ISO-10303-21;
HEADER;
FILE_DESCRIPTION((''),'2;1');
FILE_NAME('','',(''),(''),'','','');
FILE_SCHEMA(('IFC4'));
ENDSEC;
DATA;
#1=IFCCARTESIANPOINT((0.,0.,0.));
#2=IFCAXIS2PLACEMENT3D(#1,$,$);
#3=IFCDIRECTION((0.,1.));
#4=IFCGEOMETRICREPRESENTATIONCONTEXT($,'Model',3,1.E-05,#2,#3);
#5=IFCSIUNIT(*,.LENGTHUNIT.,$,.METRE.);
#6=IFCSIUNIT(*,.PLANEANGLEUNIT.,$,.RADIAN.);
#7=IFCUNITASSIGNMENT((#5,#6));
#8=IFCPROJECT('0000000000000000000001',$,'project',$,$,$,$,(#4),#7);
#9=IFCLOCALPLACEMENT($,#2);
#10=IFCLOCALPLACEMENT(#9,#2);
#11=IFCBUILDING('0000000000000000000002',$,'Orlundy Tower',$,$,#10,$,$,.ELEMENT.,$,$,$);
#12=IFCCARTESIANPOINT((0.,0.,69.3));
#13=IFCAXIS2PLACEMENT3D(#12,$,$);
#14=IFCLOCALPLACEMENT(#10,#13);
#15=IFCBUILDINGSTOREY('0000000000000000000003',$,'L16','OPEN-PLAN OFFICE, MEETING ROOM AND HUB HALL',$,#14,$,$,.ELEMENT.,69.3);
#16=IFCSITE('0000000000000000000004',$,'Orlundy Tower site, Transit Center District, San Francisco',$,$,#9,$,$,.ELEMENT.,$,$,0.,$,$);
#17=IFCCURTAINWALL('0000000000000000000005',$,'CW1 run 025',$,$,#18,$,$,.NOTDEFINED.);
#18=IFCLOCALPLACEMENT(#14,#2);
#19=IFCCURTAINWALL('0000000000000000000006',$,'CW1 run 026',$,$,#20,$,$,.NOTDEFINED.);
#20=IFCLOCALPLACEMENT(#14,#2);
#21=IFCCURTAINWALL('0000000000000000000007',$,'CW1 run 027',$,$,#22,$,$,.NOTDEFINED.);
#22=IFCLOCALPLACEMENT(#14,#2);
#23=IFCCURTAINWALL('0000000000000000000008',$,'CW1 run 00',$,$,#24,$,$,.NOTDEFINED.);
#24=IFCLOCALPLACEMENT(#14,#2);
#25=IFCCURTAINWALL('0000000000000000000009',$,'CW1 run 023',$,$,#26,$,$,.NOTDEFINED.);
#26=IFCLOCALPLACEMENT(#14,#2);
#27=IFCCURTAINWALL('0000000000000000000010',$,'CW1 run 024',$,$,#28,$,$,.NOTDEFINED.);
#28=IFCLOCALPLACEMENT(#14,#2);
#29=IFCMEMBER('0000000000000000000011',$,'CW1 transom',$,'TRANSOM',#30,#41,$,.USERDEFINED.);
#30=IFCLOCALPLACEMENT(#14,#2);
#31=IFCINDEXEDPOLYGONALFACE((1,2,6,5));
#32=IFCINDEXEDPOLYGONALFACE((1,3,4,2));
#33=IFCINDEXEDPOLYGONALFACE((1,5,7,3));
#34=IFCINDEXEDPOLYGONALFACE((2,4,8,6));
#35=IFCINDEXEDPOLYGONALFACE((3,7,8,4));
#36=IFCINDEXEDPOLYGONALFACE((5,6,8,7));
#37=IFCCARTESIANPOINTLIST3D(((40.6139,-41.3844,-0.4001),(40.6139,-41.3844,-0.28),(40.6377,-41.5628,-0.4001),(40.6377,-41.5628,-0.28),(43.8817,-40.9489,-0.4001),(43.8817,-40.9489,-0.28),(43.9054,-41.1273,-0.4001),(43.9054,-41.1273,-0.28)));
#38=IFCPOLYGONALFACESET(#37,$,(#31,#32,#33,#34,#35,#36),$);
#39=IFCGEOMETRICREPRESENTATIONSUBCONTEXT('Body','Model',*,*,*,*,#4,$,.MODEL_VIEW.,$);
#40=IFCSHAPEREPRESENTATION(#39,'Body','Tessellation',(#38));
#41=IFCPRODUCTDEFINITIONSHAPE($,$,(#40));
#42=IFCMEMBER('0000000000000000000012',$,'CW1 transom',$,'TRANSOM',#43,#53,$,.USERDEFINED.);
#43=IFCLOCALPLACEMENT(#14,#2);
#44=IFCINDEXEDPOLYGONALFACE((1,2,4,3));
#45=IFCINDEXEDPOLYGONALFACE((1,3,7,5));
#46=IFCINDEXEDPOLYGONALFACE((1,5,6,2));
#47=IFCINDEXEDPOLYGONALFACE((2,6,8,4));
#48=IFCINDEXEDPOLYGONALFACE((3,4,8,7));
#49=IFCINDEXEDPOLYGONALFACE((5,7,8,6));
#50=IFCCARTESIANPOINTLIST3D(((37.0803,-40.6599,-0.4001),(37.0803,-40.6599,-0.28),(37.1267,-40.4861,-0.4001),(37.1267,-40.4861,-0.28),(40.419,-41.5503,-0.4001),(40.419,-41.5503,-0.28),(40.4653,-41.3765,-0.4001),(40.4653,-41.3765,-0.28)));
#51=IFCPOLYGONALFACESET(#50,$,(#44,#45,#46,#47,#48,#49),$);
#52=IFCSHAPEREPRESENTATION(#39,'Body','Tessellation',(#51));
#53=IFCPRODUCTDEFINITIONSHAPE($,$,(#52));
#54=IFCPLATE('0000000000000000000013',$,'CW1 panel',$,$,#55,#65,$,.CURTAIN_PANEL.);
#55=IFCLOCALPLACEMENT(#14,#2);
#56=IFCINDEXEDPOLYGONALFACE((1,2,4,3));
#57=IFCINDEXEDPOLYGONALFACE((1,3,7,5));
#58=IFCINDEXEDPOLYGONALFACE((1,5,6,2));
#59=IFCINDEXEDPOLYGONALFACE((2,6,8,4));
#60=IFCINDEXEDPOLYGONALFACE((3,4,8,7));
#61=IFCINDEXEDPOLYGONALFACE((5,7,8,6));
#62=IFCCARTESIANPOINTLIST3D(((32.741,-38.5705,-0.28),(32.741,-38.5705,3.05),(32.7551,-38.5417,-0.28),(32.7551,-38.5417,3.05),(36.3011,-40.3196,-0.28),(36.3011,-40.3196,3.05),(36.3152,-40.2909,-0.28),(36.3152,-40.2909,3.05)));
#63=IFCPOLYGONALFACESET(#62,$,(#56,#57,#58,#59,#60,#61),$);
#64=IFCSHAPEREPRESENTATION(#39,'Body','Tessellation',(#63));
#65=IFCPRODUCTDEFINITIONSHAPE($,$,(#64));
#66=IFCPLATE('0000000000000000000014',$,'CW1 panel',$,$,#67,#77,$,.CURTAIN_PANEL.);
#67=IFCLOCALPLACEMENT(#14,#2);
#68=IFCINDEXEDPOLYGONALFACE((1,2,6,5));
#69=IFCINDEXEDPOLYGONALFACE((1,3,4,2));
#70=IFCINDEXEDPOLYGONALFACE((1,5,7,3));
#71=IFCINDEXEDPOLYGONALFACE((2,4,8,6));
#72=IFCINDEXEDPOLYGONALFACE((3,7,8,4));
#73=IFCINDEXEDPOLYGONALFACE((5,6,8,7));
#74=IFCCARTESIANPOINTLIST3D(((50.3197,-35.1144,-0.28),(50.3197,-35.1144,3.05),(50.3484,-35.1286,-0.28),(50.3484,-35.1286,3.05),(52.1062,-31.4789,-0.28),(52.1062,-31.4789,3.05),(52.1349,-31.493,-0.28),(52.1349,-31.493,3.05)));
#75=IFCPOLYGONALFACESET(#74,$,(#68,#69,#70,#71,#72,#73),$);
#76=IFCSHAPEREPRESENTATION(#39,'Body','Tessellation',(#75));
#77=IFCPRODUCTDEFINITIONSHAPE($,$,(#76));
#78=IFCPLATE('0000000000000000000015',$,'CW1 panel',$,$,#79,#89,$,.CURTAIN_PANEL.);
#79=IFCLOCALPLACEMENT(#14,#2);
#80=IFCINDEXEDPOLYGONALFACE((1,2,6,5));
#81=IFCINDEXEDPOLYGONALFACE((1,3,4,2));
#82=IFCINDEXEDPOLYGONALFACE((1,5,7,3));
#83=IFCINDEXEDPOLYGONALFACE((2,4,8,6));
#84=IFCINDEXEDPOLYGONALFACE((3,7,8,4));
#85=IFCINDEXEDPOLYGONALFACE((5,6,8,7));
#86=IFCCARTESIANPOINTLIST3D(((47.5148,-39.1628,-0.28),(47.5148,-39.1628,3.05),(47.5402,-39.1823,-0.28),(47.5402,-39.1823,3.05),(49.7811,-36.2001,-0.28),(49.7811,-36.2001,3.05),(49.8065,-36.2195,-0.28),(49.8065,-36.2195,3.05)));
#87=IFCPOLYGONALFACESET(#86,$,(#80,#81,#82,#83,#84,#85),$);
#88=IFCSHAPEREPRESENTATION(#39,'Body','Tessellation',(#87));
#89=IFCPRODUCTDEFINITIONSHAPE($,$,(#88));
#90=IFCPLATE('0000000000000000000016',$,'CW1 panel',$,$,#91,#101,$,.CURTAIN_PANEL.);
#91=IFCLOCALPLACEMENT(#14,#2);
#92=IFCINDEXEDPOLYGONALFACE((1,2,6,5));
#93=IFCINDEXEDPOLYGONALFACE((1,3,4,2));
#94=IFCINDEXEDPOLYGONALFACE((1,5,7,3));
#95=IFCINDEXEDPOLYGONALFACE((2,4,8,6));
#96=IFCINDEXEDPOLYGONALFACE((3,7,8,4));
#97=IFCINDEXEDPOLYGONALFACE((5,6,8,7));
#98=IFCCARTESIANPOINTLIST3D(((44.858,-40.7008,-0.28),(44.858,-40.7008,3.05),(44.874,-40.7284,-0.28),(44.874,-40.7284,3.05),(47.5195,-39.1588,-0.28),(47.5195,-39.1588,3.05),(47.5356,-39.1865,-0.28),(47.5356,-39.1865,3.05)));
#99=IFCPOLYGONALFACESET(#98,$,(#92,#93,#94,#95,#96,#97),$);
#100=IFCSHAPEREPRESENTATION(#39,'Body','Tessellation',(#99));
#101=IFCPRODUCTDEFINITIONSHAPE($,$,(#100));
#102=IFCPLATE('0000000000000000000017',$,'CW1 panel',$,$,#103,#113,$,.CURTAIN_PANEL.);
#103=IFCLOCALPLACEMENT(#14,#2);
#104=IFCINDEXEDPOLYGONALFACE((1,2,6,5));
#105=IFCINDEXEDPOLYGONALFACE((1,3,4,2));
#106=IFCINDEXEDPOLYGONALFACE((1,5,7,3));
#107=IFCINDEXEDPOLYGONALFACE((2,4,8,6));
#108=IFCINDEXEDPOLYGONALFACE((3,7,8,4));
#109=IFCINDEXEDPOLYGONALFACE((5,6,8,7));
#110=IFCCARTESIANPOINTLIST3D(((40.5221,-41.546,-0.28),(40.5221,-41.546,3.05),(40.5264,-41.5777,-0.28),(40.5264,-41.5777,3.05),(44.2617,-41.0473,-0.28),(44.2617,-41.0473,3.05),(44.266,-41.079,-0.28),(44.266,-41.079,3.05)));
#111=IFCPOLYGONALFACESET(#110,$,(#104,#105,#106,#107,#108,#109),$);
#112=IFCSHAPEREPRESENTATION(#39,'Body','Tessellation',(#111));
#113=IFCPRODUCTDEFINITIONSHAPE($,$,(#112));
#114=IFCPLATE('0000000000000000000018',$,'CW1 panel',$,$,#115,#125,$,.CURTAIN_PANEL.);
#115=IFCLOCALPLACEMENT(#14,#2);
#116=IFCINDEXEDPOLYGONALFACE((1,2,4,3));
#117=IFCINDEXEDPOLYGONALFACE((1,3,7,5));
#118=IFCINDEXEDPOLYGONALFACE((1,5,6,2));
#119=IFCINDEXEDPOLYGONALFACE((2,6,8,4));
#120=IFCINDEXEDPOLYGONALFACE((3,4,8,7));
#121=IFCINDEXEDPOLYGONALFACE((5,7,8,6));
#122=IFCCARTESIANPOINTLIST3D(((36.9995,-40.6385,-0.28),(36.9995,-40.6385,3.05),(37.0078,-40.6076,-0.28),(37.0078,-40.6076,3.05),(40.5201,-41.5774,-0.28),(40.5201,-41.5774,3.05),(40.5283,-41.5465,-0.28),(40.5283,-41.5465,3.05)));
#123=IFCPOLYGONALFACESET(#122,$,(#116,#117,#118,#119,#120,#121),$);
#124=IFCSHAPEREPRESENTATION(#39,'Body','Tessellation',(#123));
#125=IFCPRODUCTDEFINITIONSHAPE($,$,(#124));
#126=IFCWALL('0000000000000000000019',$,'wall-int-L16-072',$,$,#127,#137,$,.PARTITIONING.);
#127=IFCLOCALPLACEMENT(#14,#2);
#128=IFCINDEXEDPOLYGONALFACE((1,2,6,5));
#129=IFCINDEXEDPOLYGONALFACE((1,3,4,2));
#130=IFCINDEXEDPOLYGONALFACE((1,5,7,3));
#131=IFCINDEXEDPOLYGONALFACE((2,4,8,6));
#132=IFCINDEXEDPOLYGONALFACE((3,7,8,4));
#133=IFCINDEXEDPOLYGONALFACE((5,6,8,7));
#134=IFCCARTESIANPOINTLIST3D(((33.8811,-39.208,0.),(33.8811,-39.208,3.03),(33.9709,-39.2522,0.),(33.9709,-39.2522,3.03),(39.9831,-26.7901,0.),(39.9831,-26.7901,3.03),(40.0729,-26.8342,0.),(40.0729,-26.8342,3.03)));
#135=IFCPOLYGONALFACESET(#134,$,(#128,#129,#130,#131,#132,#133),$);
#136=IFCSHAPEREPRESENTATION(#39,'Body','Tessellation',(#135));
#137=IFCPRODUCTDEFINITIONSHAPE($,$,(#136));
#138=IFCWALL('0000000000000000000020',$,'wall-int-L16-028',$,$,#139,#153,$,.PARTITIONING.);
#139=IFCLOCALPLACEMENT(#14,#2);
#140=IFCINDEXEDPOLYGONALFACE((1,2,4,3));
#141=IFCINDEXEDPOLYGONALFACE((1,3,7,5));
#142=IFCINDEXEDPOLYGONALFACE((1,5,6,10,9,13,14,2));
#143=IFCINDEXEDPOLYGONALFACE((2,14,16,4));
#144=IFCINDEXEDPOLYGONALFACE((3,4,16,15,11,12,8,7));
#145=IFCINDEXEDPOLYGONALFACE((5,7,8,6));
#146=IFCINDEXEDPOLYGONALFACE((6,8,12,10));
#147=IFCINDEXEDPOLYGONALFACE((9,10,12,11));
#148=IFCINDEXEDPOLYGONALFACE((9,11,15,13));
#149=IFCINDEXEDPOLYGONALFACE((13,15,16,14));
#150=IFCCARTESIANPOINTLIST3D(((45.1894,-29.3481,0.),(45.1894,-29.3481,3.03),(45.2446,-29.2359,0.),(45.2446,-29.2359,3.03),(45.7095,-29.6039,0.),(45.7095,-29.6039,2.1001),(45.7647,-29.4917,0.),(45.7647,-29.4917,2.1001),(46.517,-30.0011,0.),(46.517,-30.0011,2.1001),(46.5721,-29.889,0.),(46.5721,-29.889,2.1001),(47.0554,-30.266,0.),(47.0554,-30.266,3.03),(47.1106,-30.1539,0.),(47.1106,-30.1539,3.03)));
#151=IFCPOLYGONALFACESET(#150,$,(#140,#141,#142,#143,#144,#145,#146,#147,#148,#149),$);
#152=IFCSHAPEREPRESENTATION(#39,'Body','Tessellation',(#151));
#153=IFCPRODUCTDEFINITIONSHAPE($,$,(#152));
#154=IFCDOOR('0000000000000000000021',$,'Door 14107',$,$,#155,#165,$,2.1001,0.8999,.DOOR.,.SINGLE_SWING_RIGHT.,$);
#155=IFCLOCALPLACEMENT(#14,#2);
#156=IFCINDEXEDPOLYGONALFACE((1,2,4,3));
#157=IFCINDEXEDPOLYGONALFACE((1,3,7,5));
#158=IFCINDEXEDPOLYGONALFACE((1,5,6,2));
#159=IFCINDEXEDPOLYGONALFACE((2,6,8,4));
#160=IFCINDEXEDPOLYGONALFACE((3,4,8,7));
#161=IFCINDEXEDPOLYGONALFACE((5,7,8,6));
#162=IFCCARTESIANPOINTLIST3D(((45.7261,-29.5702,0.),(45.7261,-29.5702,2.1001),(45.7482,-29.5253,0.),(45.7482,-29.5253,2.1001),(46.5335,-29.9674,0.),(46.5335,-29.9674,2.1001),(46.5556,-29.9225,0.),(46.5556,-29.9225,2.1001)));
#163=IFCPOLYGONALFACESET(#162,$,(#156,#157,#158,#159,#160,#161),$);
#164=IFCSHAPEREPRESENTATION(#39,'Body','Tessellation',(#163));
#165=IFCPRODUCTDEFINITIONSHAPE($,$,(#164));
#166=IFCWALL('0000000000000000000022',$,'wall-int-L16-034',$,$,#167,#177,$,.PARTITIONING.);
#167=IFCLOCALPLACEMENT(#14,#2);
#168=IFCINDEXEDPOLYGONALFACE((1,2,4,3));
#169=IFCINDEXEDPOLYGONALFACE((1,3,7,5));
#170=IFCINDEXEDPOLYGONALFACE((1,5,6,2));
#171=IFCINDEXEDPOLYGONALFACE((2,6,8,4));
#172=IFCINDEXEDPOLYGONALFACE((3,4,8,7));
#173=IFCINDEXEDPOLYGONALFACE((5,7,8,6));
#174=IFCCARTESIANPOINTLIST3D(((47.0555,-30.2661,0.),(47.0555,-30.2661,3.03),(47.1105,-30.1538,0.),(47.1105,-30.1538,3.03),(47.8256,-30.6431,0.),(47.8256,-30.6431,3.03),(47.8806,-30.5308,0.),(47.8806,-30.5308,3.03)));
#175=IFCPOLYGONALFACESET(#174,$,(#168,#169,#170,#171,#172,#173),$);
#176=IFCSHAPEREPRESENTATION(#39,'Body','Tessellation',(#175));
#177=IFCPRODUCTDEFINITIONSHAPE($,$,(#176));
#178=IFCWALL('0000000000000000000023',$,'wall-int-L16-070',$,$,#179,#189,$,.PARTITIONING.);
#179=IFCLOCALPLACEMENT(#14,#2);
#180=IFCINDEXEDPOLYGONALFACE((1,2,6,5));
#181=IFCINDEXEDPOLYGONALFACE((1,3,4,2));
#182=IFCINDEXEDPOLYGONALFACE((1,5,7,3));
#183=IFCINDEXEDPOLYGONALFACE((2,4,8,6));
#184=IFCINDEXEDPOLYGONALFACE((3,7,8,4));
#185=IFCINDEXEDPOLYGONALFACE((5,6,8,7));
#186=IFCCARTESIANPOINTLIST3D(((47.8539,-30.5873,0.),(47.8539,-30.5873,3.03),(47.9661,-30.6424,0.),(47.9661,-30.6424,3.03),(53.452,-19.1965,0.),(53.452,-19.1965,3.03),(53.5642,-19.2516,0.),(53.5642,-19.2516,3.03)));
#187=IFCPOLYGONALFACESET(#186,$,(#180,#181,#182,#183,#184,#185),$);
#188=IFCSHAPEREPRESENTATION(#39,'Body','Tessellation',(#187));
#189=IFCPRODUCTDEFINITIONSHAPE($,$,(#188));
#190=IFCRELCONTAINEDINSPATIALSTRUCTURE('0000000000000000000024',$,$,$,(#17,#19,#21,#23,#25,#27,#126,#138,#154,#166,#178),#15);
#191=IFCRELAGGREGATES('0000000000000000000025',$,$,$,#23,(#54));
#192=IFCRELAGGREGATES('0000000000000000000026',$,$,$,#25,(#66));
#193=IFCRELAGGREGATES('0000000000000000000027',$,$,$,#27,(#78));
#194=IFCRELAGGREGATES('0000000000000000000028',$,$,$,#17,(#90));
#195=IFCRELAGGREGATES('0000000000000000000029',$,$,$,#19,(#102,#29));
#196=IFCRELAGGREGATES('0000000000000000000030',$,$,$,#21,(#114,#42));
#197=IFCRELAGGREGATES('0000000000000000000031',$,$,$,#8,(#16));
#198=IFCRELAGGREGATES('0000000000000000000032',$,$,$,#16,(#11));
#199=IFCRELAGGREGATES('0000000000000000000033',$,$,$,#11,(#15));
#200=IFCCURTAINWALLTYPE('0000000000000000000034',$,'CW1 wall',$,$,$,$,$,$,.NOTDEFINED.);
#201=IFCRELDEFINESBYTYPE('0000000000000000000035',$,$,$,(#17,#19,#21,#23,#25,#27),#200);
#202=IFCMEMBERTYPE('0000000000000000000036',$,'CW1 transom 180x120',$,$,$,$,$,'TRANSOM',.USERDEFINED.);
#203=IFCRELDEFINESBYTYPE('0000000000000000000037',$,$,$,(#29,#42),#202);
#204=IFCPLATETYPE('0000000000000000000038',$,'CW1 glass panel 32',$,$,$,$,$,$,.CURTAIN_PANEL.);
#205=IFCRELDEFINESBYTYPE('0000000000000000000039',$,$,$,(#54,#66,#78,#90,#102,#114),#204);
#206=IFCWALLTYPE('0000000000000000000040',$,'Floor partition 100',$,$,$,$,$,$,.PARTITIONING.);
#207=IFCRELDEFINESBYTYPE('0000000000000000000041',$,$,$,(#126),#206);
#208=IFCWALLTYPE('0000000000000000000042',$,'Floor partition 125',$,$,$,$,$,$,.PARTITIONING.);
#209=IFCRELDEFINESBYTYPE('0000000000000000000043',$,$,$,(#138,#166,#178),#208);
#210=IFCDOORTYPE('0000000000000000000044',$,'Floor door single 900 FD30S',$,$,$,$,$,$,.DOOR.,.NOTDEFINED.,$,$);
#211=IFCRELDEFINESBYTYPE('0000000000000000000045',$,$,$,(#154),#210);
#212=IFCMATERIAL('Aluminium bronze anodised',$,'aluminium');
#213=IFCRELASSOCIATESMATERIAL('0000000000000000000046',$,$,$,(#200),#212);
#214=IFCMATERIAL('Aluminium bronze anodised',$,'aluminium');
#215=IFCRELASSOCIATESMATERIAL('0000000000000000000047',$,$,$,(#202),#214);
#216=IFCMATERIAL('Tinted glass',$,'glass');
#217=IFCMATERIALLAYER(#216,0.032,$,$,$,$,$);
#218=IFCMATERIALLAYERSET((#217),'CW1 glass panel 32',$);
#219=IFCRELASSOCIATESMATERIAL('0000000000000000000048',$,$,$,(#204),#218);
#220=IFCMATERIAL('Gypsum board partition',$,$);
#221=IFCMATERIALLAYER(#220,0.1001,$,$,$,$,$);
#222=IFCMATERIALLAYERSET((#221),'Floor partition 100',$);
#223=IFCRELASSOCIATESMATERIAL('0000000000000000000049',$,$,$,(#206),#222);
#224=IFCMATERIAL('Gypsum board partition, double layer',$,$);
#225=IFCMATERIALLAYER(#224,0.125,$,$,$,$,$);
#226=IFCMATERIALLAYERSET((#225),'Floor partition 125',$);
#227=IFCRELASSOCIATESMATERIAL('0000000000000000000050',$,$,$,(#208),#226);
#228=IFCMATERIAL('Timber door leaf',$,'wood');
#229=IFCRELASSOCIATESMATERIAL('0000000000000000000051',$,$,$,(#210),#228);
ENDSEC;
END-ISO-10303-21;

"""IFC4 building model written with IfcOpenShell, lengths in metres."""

from ifc_helpers import new_model, si_unit, direction, frame, frame_2d, origin, origin_2d, place, context, subcontext, project, spatial, rectangle, extrude, material, layer, layer_set, material_profile, profile_set, type_object, element, fill, aggregate, save


model = new_model("IFC4")

# Units and contexts
model_context = context("Model", 3, precision=1e-05, world=origin(), true_north=direction((0.0, 1.0)))
body_context = subcontext(model_context, "Body", "Model", "MODEL_VIEW")
ifc_project = project(units=[si_unit("LENGTHUNIT", "METRE"), si_unit("PLANEANGLEUNIT", "RADIAN")], contexts=[model_context])

# Site, building, storey
site_placement = place(None, origin())
site = spatial("IfcSite", under=ifc_project, at=site_placement, Name="Orlundy Tower site, Transit Center District, San Francisco", CompositionType="ELEMENT", RefElevation=0.0)
building_placement = place(site_placement, origin())
building = spatial("IfcBuilding", under=site, at=building_placement, Name="Orlundy Tower", CompositionType="ELEMENT")
storey_placement = place(building_placement, frame((0.0, 0.0, 69.3)))
storey = spatial("IfcBuildingStorey", under=building, at=storey_placement, Name="L16", Description="OPEN-PLAN OFFICE, MEETING ROOM AND HUB HALL", CompositionType="ELEMENT", Elevation=69.3)

# Curtain walls
ifc_material_1 = material(Name="Aluminium bronze anodised", Category="aluminium")
curtain_wall_type = type_object("IfcCurtainWallType", Name="CW1 wall", PredefinedType="NOTDEFINED", material=ifc_material_1)
curtain_wall_1_placement = place(storey_placement, origin())
curtain_wall_1 = element("IfcCurtainWall", 1, at=curtain_wall_1_placement, inside=storey, type_object=curtain_wall_type, Name="CW1 run 025", PredefinedType="NOTDEFINED")
curtain_wall_2_placement = place(storey_placement, origin())
curtain_wall_2 = element("IfcCurtainWall", 2, at=curtain_wall_2_placement, inside=storey, type_object=curtain_wall_type, Name="CW1 run 026", PredefinedType="NOTDEFINED")
curtain_wall_3_placement = place(storey_placement, origin())
curtain_wall_3 = element("IfcCurtainWall", 3, at=curtain_wall_3_placement, inside=storey, type_object=curtain_wall_type, Name="CW1 run 027", PredefinedType="NOTDEFINED")

# Curtain wall
curtain_wall_4_placement = place(storey_placement, origin())
curtain_wall_4 = element("IfcCurtainWall", 4, at=curtain_wall_4_placement, inside=storey, type_object=curtain_wall_type, Name="CW1 run 00", PredefinedType="NOTDEFINED")

# Curtain walls
curtain_wall_5_placement = place(storey_placement, origin())
curtain_wall_5 = element("IfcCurtainWall", 5, at=curtain_wall_5_placement, inside=storey, type_object=curtain_wall_type, Name="CW1 run 023", PredefinedType="NOTDEFINED")
curtain_wall_6_placement = place(storey_placement, origin())
curtain_wall_6 = element("IfcCurtainWall", 6, at=curtain_wall_6_placement, inside=storey, type_object=curtain_wall_type, Name="CW1 run 024", PredefinedType="NOTDEFINED")

# Members
ifc_material_2 = material(Name="Aluminium bronze anodised", Category="aluminium")
ifc_material_profile_1 = material_profile(ifc_material_2, rectangle(XDim=0.1799, YDim=0.1201, at=origin_2d()), Name="CW1 transom 180x120")
ifc_profile_set_1 = profile_set([ifc_material_profile_1], Name="Aluminium bronze anodised")
member_type_1 = type_object("IfcMemberType", Name="CW1 transom 180x120", ElementType="TRANSOM", PredefinedType="USERDEFINED", material=ifc_profile_set_1)
member_1_placement = place(storey_placement, frame((43.8936, -41.0381, -0.3401), z_axis=(-0.991234, -0.132115, 0.0), x_axis=(0.132115, -0.991234, 0.0)))
member_1 = element("IfcMember", 7, at=member_1_placement, type_object=member_type_1, Name="CW1 transom", ObjectType="TRANSOM", PredefinedType="USERDEFINED", context=body_context, shape_type="SweptSolid", body=[
    extrude(rectangle(XDim=0.1799, YDim=0.1201, at=origin_2d()), origin(), (0.0, 0.0, 1.0), 3.2966),
])
member_2_placement = place(storey_placement, frame((40.4421, -41.4634, -0.3401), z_axis=(-0.966229, 0.257685, 0.0), x_axis=(-0.257685, -0.966229, 0.0)))
member_2 = element("IfcMember", 8, at=member_2_placement, type_object=member_type_1, Name="CW1 transom", ObjectType="TRANSOM", PredefinedType="USERDEFINED", context=body_context, shape_type="SweptSolid", body=[
    extrude(rectangle(XDim=0.1799, YDim=0.1201, at=origin_2d()), origin(), (0.0, 0.0, 1.0), 3.4553),
])

# Plates
ifc_material_3 = material(Name="Tinted glass", Category="glass")
ifc_layer_1 = layer(ifc_material_3, 0.032)
ifc_layer_set_1 = layer_set([ifc_layer_1], Name="CW1 glass panel 32")
plate_type = type_object("IfcPlateType", Name="CW1 glass panel 32", PredefinedType="CURTAIN_PANEL", material=ifc_layer_set_1)
plate_1_placement = place(storey_placement, frame((34.5281, -39.4307, -0.28), z_axis=(0.0, 0.0, 1.0), x_axis=(-0.897522, 0.440969, 0.0)))
plate_1 = element("IfcPlate", 9, at=plate_1_placement, type_object=plate_type, Name="CW1 panel", PredefinedType="CURTAIN_PANEL", context=body_context, shape_type="SweptSolid", body=[
    extrude(rectangle(XDim=3.9666, YDim=0.032, at=origin_2d()), origin(), (0.0, 0.0, 1.0), 3.3301),
])
aggregate(curtain_wall_4, [plate_1])
plate_2_placement = place(storey_placement, frame((51.2273, -33.3037, -0.28), z_axis=(0.0, 0.0, 1.0), x_axis=(-0.441012, -0.897501, 0.0)))
plate_2 = element("IfcPlate", 10, at=plate_2_placement, type_object=plate_type, Name="CW1 panel", PredefinedType="CURTAIN_PANEL", context=body_context, shape_type="SweptSolid", body=[
    extrude(rectangle(XDim=4.0508, YDim=0.032, at=origin_2d()), origin(), (0.0, 0.0, 1.0), 3.3301),
])
aggregate(curtain_wall_5, [plate_2])
plate_3_placement = place(storey_placement, frame((48.6606, -37.6912, -0.28), z_axis=(0.0, 0.0, 1.0), x_axis=(-0.60757, -0.794266, 0.0)))
plate_3 = element("IfcPlate", 11, at=plate_3_placement, type_object=plate_type, Name="CW1 panel", PredefinedType="CURTAIN_PANEL", context=body_context, shape_type="SweptSolid", body=[
    extrude(rectangle(XDim=3.7302, YDim=0.032, at=origin_2d()), origin(), (0.0, 0.0, 1.0), 3.3301),
])
aggregate(curtain_wall_6, [plate_3])
plate_4_placement = place(storey_placement, frame((46.1968, -39.9436, -0.28), z_axis=(0.0, 0.0, 1.0), x_axis=(-0.865272, -0.501302, 0.0)))
plate_4 = element("IfcPlate", 12, at=plate_4_placement, type_object=plate_type, Name="CW1 panel", PredefinedType="CURTAIN_PANEL", context=body_context, shape_type="SweptSolid", body=[
    extrude(rectangle(XDim=3.0759, YDim=0.032, at=origin_2d()), origin(), (0.0, 0.0, 1.0), 3.3301),
])
aggregate(curtain_wall_1, [plate_4])
plate_5_placement = place(storey_placement, frame((42.394, -41.3125, -0.28), z_axis=(0.0, 0.0, 1.0), x_axis=(-0.991228, -0.132164, 0.0)))
plate_5 = element("IfcPlate", 13, at=plate_5_placement, type_object=plate_type, Name="CW1 panel", PredefinedType="CURTAIN_PANEL", context=body_context, shape_type="SweptSolid", body=[
    extrude(rectangle(XDim=3.7727, YDim=0.032, at=origin_2d()), origin(), (0.0, 0.0, 1.0), 3.3301),
])
aggregate(curtain_wall_2, [plate_5, member_1])
plate_6_placement = place(storey_placement, frame((38.7639, -41.0925, -0.28), z_axis=(0.0, 0.0, 1.0), x_axis=(-0.96623, 0.257679, 0.0)))
plate_6 = element("IfcPlate", 14, at=plate_6_placement, type_object=plate_type, Name="CW1 panel", PredefinedType="CURTAIN_PANEL", context=body_context, shape_type="SweptSolid", body=[
    extrude(rectangle(XDim=3.6436, YDim=0.032, at=origin_2d()), origin(), (0.0, 0.0, 1.0), 3.3301),
])
aggregate(curtain_wall_3, [plate_6, member_2])

# Wall
ifc_material_4 = material(Name="Gypsum board partition")
ifc_layer_2 = layer(ifc_material_4, 0.1001)
ifc_layer_set_2 = layer_set([ifc_layer_2], Name="Floor partition 100")
wall_type_1 = type_object("IfcWallType", Name="Floor partition 100", PredefinedType="PARTITIONING", material=ifc_layer_set_2)
wall_1_placement = place(storey_placement, frame((33.926, -39.23, 0.0), z_axis=(0.0, 0.0, 1.0), x_axis=(0.44102, 0.897497, 0.0)))
element("IfcWall", 15, at=wall_1_placement, inside=storey, type_object=wall_type_1, Name="wall-int-L16-072", PredefinedType="PARTITIONING", context=body_context, shape_type="SweptSolid", body=[
    extrude(rectangle(XDim=13.8362, YDim=0.1001, at=frame_2d((6.918, 0.0))), origin(), (0.0, 0.0, 1.0), 3.03),
])

# Wall, opening, door
ifc_material_5 = material(Name="Gypsum board partition, double layer")
ifc_layer_3 = layer(ifc_material_5, 0.125)
ifc_layer_set_3 = layer_set([ifc_layer_3], Name="Floor partition 125")
wall_type_2 = type_object("IfcWallType", Name="Floor partition 125", PredefinedType="PARTITIONING", material=ifc_layer_set_3)
wall_2_placement = place(storey_placement, frame((47.083, -30.21, 0.0), z_axis=(0.0, 0.0, 1.0), x_axis=(-0.897297, 0.441428, 0.0)))
wall_2 = element("IfcWall", 16, at=wall_2_placement, inside=storey, type_object=wall_type_2, Name="wall-int-L16-028", PredefinedType="PARTITIONING", context=body_context, shape_type="SweptSolid", body=[
    extrude(rectangle(XDim=2.0796, YDim=0.125, at=frame_2d((1.0398, 0.0))), origin(), (0.0, 0.0, 1.0), 3.03),
])
opening_placement = place(wall_2_placement, frame((0.6001, 0.0, 0.0)))
opening = element("IfcOpeningElement", 17, at=opening_placement, cuts=wall_2, PredefinedType="OPENING", context=body_context, shape_type="SweptSolid", body=[
    extrude(rectangle(XDim=0.8999, YDim=2.1001, at=frame_2d((0.45, 1.05))), frame((0.0, 0.0725, 0.0), z_axis=(0.0, -1.0, 0.0), x_axis=(1.0, 0.0, 0.0)), (0.0, 0.0, 1.0), 0.145),
])
ifc_material_6 = material(Name="Timber door leaf", Category="wood")
door_type = type_object("IfcDoorType", Name="Floor door single 900 FD30S", OperationType="NOTDEFINED", PredefinedType="DOOR", material=ifc_material_6)
door_placement = place(opening_placement, origin())
door = element("IfcDoor", 18, at=door_placement, inside=storey, type_object=door_type, Name="Door 14107", OperationType="SINGLE_SWING_RIGHT", OverallHeight=2.1001, OverallWidth=0.8999, PredefinedType="DOOR", context=body_context, shape_type="SweptSolid", body=[
    extrude(rectangle(XDim=0.8999, YDim=2.1001, at=frame_2d((0.45, 1.05))), frame((0.0, 0.0249, 0.0), z_axis=(0.0, -1.0, 0.0), x_axis=(1.0, 0.0, 0.0)), (0.0, 0.0, 1.0), 0.05),
])
fill(opening, door)

# Walls
wall_3_placement = place(storey_placement, frame((47.083, -30.21, 0.0), z_axis=(0.0, 0.0, 1.0), x_axis=(0.898155, -0.43968, 0.0)))
element("IfcWall", 19, at=wall_3_placement, inside=storey, type_object=wall_type_2, Name="wall-int-L16-034", PredefinedType="PARTITIONING", context=body_context, shape_type="SweptSolid", body=[
    extrude(rectangle(XDim=0.8574, YDim=0.125, at=frame_2d((0.4287, 0.0))), origin(), (0.0, 0.0, 1.0), 3.03),
])
wall_4_placement = place(storey_placement, frame((47.9099, -30.615, 0.0), z_axis=(0.0, 0.0, 1.0), x_axis=(0.441071, 0.897472, 0.0)))
element("IfcWall", 20, at=wall_4_placement, inside=storey, type_object=wall_type_2, Name="wall-int-L16-070", PredefinedType="PARTITIONING", context=body_context, shape_type="SweptSolid", body=[
    extrude(rectangle(XDim=12.6921, YDim=0.125, at=frame_2d((6.3462, 0.0))), origin(), (0.0, 0.0, 1.0), 3.03),
])

save(model, "model.ifc")
